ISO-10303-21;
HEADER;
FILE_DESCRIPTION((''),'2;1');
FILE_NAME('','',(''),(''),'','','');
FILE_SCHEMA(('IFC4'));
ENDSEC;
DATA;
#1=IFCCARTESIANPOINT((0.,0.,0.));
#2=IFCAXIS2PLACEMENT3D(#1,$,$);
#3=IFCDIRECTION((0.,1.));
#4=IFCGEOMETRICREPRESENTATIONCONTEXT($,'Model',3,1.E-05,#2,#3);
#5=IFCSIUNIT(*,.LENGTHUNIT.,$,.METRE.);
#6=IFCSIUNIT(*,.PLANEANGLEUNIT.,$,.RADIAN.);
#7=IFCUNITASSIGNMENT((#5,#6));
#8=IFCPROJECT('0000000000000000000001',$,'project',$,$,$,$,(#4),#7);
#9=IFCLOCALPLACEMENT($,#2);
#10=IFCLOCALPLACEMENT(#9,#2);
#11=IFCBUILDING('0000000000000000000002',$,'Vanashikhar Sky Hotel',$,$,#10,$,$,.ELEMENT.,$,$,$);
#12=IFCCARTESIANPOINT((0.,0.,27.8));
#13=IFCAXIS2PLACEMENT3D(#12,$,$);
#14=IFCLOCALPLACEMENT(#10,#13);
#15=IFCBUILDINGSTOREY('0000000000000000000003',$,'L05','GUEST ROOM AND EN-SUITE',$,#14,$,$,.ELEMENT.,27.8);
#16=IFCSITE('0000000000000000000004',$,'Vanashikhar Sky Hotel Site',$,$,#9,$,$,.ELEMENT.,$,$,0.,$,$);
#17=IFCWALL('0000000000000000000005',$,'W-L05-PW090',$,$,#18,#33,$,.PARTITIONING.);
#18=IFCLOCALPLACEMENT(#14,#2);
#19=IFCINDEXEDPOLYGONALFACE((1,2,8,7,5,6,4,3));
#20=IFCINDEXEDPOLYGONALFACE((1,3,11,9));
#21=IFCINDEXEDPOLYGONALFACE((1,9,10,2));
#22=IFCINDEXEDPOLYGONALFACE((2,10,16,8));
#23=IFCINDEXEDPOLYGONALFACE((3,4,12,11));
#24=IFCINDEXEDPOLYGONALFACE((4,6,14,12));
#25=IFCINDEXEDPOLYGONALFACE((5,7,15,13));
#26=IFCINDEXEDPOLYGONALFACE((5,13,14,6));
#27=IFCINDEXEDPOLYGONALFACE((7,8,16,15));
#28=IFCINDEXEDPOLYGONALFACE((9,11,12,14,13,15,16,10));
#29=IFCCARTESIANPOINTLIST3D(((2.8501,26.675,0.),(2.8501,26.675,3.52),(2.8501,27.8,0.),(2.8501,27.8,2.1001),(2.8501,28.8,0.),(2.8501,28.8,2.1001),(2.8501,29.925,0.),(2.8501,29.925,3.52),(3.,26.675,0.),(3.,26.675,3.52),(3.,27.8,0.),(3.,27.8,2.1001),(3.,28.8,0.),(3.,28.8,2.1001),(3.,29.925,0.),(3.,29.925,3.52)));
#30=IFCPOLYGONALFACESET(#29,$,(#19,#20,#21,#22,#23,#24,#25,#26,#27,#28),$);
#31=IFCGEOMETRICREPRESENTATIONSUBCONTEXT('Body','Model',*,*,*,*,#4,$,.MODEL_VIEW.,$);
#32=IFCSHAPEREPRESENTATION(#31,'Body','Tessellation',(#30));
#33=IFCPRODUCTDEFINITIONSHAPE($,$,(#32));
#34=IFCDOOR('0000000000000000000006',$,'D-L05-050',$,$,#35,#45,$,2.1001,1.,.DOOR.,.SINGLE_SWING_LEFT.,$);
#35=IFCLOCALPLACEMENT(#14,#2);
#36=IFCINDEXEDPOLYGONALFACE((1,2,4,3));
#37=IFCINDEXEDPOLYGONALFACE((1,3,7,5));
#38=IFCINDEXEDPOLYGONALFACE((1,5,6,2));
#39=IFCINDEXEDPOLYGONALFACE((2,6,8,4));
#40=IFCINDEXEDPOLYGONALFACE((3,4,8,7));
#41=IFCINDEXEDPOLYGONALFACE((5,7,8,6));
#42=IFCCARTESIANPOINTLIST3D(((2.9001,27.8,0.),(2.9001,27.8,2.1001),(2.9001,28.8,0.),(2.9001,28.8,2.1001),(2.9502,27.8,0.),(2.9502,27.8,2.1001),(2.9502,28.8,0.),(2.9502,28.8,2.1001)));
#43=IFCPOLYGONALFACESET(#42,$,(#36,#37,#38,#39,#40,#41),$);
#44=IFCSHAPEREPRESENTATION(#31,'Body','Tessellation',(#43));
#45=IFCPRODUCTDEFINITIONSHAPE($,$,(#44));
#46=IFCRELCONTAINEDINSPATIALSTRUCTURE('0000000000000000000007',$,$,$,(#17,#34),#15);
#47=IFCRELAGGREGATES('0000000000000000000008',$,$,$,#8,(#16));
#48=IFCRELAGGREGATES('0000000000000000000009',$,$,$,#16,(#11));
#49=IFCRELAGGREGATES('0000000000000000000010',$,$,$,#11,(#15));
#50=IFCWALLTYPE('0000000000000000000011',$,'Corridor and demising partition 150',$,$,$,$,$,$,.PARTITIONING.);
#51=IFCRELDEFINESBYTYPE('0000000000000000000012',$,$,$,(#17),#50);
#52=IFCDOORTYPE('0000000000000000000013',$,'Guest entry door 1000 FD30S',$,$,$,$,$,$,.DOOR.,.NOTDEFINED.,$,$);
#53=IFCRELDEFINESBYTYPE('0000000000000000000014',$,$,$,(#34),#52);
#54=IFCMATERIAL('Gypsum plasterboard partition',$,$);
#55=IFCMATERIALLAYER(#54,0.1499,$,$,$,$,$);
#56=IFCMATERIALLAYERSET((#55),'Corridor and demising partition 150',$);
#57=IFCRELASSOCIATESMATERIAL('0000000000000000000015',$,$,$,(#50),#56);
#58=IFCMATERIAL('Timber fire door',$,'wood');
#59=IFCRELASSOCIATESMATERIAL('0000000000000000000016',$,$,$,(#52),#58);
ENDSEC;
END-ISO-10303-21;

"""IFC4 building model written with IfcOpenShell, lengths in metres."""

from ifc_helpers import new_model, si_unit, direction, frame, frame_2d, origin, place, context, subcontext, project, spatial, rectangle, extrude, source, transform, mapped, material, layer, layer_set, type_object, element, fill, save


model = new_model("IFC4")

# Units and contexts
model_context = context("Model", 3, precision=1e-05, world=origin(), true_north=direction((0.0, 1.0)))
body_context = subcontext(model_context, "Body", "Model", "MODEL_VIEW")
ifc_project = project(units=[si_unit("LENGTHUNIT", "METRE"), si_unit("PLANEANGLEUNIT", "RADIAN")], contexts=[model_context])

# Site, building, storey
site_placement = place(None, origin())
site = spatial("IfcSite", under=ifc_project, at=site_placement, Name="Vanashikhar Sky Hotel Site", CompositionType="ELEMENT", RefElevation=0.0)
building_placement = place(site_placement, origin())
building = spatial("IfcBuilding", under=site, at=building_placement, Name="Vanashikhar Sky Hotel", CompositionType="ELEMENT")
storey_placement = place(building_placement, frame((0.0, 0.0, 27.8)))
storey = spatial("IfcBuildingStorey", under=building, at=storey_placement, Name="L05", Description="GUEST ROOM AND EN-SUITE", CompositionType="ELEMENT", Elevation=27.8)

# Shared definitions
ifc_material_1 = material(Name="Gypsum plasterboard partition")
ifc_layer_1 = layer(ifc_material_1, 0.1499)
ifc_layer_set_1 = layer_set([ifc_layer_1], Name="Corridor and demising partition 150")
wall_type_1 = type_object("IfcWallType", Name="Corridor and demising partition 150", PredefinedType="PARTITIONING", material=ifc_layer_set_1)
shared_shape_1 = source(origin(), body_context, "Body", "SweptSolid", [
    extrude(rectangle(XDim=1.0, YDim=2.1001, at=frame_2d((0.5, 1.05))), frame((0.0, 0.085, 0.0), z_axis=(0.0, -1.0, 0.0), x_axis=(1.0, 0.0, 0.0)), (0.0, 0.0, 1.0), 0.1699),
])
ifc_material_2 = material(Name="Timber fire door", Category="wood")
door_type = type_object("IfcDoorType", Name="Guest entry door 1000 FD30S", OperationType="NOTDEFINED", PredefinedType="DOOR", material=ifc_material_2)
shared_shape_2 = source(origin(), body_context, "Body", "SweptSolid", [
    extrude(rectangle(XDim=1.0, YDim=2.1001, at=frame_2d((0.5, 1.05))), frame((0.0, 0.0249, 0.0), z_axis=(0.0, -1.0, 0.0), x_axis=(1.0, 0.0, 0.0)), (0.0, 0.0, 1.0), 0.05),
])

# Wall, opening, door
shared_shape_3 = source(origin(), body_context, "Body", "SweptSolid", [
    extrude(rectangle(XDim=3.25, YDim=0.1499, at=frame_2d((1.625, 0.0))), origin(), (0.0, 0.0, 1.0), 3.52),
])
wall_1_placement = place(storey_placement, frame((2.925, 26.675, 0.0), z_axis=(0.0, 0.0, 1.0), x_axis=(0.0, 1.0, 0.0)))
wall_1 = element("IfcWall", 1, at=wall_1_placement, inside=storey, type_object=wall_type_1, Name="W-L05-PW090", PredefinedType="PARTITIONING", context=body_context, shape_type="MappedRepresentation", body=[
    mapped(shared_shape_3, transform((0.0, 0.0, 0.0), scale=1.0)),
])
opening_1_placement = place(wall_1_placement, frame((1.125, 0.0, 0.0)))
opening_1 = element("IfcOpeningElement", 2, at=opening_1_placement, cuts=wall_1, PredefinedType="OPENING", context=body_context, shape_type="MappedRepresentation", body=[
    mapped(shared_shape_1, transform((0.0, 0.0, 0.0), scale=1.0)),
])
door_1_placement = place(opening_1_placement, origin())
door_1 = element("IfcDoor", 3, at=door_1_placement, inside=storey, type_object=door_type, Name="D-L05-050", OperationType="SINGLE_SWING_LEFT", OverallHeight=2.1001, OverallWidth=1.0, PredefinedType="DOOR", context=body_context, shape_type="MappedRepresentation", body=[
    mapped(shared_shape_2, transform((0.0, 0.0, 0.0), scale=1.0)),
])
fill(opening_1, door_1)

save(model, "model.ifc")
